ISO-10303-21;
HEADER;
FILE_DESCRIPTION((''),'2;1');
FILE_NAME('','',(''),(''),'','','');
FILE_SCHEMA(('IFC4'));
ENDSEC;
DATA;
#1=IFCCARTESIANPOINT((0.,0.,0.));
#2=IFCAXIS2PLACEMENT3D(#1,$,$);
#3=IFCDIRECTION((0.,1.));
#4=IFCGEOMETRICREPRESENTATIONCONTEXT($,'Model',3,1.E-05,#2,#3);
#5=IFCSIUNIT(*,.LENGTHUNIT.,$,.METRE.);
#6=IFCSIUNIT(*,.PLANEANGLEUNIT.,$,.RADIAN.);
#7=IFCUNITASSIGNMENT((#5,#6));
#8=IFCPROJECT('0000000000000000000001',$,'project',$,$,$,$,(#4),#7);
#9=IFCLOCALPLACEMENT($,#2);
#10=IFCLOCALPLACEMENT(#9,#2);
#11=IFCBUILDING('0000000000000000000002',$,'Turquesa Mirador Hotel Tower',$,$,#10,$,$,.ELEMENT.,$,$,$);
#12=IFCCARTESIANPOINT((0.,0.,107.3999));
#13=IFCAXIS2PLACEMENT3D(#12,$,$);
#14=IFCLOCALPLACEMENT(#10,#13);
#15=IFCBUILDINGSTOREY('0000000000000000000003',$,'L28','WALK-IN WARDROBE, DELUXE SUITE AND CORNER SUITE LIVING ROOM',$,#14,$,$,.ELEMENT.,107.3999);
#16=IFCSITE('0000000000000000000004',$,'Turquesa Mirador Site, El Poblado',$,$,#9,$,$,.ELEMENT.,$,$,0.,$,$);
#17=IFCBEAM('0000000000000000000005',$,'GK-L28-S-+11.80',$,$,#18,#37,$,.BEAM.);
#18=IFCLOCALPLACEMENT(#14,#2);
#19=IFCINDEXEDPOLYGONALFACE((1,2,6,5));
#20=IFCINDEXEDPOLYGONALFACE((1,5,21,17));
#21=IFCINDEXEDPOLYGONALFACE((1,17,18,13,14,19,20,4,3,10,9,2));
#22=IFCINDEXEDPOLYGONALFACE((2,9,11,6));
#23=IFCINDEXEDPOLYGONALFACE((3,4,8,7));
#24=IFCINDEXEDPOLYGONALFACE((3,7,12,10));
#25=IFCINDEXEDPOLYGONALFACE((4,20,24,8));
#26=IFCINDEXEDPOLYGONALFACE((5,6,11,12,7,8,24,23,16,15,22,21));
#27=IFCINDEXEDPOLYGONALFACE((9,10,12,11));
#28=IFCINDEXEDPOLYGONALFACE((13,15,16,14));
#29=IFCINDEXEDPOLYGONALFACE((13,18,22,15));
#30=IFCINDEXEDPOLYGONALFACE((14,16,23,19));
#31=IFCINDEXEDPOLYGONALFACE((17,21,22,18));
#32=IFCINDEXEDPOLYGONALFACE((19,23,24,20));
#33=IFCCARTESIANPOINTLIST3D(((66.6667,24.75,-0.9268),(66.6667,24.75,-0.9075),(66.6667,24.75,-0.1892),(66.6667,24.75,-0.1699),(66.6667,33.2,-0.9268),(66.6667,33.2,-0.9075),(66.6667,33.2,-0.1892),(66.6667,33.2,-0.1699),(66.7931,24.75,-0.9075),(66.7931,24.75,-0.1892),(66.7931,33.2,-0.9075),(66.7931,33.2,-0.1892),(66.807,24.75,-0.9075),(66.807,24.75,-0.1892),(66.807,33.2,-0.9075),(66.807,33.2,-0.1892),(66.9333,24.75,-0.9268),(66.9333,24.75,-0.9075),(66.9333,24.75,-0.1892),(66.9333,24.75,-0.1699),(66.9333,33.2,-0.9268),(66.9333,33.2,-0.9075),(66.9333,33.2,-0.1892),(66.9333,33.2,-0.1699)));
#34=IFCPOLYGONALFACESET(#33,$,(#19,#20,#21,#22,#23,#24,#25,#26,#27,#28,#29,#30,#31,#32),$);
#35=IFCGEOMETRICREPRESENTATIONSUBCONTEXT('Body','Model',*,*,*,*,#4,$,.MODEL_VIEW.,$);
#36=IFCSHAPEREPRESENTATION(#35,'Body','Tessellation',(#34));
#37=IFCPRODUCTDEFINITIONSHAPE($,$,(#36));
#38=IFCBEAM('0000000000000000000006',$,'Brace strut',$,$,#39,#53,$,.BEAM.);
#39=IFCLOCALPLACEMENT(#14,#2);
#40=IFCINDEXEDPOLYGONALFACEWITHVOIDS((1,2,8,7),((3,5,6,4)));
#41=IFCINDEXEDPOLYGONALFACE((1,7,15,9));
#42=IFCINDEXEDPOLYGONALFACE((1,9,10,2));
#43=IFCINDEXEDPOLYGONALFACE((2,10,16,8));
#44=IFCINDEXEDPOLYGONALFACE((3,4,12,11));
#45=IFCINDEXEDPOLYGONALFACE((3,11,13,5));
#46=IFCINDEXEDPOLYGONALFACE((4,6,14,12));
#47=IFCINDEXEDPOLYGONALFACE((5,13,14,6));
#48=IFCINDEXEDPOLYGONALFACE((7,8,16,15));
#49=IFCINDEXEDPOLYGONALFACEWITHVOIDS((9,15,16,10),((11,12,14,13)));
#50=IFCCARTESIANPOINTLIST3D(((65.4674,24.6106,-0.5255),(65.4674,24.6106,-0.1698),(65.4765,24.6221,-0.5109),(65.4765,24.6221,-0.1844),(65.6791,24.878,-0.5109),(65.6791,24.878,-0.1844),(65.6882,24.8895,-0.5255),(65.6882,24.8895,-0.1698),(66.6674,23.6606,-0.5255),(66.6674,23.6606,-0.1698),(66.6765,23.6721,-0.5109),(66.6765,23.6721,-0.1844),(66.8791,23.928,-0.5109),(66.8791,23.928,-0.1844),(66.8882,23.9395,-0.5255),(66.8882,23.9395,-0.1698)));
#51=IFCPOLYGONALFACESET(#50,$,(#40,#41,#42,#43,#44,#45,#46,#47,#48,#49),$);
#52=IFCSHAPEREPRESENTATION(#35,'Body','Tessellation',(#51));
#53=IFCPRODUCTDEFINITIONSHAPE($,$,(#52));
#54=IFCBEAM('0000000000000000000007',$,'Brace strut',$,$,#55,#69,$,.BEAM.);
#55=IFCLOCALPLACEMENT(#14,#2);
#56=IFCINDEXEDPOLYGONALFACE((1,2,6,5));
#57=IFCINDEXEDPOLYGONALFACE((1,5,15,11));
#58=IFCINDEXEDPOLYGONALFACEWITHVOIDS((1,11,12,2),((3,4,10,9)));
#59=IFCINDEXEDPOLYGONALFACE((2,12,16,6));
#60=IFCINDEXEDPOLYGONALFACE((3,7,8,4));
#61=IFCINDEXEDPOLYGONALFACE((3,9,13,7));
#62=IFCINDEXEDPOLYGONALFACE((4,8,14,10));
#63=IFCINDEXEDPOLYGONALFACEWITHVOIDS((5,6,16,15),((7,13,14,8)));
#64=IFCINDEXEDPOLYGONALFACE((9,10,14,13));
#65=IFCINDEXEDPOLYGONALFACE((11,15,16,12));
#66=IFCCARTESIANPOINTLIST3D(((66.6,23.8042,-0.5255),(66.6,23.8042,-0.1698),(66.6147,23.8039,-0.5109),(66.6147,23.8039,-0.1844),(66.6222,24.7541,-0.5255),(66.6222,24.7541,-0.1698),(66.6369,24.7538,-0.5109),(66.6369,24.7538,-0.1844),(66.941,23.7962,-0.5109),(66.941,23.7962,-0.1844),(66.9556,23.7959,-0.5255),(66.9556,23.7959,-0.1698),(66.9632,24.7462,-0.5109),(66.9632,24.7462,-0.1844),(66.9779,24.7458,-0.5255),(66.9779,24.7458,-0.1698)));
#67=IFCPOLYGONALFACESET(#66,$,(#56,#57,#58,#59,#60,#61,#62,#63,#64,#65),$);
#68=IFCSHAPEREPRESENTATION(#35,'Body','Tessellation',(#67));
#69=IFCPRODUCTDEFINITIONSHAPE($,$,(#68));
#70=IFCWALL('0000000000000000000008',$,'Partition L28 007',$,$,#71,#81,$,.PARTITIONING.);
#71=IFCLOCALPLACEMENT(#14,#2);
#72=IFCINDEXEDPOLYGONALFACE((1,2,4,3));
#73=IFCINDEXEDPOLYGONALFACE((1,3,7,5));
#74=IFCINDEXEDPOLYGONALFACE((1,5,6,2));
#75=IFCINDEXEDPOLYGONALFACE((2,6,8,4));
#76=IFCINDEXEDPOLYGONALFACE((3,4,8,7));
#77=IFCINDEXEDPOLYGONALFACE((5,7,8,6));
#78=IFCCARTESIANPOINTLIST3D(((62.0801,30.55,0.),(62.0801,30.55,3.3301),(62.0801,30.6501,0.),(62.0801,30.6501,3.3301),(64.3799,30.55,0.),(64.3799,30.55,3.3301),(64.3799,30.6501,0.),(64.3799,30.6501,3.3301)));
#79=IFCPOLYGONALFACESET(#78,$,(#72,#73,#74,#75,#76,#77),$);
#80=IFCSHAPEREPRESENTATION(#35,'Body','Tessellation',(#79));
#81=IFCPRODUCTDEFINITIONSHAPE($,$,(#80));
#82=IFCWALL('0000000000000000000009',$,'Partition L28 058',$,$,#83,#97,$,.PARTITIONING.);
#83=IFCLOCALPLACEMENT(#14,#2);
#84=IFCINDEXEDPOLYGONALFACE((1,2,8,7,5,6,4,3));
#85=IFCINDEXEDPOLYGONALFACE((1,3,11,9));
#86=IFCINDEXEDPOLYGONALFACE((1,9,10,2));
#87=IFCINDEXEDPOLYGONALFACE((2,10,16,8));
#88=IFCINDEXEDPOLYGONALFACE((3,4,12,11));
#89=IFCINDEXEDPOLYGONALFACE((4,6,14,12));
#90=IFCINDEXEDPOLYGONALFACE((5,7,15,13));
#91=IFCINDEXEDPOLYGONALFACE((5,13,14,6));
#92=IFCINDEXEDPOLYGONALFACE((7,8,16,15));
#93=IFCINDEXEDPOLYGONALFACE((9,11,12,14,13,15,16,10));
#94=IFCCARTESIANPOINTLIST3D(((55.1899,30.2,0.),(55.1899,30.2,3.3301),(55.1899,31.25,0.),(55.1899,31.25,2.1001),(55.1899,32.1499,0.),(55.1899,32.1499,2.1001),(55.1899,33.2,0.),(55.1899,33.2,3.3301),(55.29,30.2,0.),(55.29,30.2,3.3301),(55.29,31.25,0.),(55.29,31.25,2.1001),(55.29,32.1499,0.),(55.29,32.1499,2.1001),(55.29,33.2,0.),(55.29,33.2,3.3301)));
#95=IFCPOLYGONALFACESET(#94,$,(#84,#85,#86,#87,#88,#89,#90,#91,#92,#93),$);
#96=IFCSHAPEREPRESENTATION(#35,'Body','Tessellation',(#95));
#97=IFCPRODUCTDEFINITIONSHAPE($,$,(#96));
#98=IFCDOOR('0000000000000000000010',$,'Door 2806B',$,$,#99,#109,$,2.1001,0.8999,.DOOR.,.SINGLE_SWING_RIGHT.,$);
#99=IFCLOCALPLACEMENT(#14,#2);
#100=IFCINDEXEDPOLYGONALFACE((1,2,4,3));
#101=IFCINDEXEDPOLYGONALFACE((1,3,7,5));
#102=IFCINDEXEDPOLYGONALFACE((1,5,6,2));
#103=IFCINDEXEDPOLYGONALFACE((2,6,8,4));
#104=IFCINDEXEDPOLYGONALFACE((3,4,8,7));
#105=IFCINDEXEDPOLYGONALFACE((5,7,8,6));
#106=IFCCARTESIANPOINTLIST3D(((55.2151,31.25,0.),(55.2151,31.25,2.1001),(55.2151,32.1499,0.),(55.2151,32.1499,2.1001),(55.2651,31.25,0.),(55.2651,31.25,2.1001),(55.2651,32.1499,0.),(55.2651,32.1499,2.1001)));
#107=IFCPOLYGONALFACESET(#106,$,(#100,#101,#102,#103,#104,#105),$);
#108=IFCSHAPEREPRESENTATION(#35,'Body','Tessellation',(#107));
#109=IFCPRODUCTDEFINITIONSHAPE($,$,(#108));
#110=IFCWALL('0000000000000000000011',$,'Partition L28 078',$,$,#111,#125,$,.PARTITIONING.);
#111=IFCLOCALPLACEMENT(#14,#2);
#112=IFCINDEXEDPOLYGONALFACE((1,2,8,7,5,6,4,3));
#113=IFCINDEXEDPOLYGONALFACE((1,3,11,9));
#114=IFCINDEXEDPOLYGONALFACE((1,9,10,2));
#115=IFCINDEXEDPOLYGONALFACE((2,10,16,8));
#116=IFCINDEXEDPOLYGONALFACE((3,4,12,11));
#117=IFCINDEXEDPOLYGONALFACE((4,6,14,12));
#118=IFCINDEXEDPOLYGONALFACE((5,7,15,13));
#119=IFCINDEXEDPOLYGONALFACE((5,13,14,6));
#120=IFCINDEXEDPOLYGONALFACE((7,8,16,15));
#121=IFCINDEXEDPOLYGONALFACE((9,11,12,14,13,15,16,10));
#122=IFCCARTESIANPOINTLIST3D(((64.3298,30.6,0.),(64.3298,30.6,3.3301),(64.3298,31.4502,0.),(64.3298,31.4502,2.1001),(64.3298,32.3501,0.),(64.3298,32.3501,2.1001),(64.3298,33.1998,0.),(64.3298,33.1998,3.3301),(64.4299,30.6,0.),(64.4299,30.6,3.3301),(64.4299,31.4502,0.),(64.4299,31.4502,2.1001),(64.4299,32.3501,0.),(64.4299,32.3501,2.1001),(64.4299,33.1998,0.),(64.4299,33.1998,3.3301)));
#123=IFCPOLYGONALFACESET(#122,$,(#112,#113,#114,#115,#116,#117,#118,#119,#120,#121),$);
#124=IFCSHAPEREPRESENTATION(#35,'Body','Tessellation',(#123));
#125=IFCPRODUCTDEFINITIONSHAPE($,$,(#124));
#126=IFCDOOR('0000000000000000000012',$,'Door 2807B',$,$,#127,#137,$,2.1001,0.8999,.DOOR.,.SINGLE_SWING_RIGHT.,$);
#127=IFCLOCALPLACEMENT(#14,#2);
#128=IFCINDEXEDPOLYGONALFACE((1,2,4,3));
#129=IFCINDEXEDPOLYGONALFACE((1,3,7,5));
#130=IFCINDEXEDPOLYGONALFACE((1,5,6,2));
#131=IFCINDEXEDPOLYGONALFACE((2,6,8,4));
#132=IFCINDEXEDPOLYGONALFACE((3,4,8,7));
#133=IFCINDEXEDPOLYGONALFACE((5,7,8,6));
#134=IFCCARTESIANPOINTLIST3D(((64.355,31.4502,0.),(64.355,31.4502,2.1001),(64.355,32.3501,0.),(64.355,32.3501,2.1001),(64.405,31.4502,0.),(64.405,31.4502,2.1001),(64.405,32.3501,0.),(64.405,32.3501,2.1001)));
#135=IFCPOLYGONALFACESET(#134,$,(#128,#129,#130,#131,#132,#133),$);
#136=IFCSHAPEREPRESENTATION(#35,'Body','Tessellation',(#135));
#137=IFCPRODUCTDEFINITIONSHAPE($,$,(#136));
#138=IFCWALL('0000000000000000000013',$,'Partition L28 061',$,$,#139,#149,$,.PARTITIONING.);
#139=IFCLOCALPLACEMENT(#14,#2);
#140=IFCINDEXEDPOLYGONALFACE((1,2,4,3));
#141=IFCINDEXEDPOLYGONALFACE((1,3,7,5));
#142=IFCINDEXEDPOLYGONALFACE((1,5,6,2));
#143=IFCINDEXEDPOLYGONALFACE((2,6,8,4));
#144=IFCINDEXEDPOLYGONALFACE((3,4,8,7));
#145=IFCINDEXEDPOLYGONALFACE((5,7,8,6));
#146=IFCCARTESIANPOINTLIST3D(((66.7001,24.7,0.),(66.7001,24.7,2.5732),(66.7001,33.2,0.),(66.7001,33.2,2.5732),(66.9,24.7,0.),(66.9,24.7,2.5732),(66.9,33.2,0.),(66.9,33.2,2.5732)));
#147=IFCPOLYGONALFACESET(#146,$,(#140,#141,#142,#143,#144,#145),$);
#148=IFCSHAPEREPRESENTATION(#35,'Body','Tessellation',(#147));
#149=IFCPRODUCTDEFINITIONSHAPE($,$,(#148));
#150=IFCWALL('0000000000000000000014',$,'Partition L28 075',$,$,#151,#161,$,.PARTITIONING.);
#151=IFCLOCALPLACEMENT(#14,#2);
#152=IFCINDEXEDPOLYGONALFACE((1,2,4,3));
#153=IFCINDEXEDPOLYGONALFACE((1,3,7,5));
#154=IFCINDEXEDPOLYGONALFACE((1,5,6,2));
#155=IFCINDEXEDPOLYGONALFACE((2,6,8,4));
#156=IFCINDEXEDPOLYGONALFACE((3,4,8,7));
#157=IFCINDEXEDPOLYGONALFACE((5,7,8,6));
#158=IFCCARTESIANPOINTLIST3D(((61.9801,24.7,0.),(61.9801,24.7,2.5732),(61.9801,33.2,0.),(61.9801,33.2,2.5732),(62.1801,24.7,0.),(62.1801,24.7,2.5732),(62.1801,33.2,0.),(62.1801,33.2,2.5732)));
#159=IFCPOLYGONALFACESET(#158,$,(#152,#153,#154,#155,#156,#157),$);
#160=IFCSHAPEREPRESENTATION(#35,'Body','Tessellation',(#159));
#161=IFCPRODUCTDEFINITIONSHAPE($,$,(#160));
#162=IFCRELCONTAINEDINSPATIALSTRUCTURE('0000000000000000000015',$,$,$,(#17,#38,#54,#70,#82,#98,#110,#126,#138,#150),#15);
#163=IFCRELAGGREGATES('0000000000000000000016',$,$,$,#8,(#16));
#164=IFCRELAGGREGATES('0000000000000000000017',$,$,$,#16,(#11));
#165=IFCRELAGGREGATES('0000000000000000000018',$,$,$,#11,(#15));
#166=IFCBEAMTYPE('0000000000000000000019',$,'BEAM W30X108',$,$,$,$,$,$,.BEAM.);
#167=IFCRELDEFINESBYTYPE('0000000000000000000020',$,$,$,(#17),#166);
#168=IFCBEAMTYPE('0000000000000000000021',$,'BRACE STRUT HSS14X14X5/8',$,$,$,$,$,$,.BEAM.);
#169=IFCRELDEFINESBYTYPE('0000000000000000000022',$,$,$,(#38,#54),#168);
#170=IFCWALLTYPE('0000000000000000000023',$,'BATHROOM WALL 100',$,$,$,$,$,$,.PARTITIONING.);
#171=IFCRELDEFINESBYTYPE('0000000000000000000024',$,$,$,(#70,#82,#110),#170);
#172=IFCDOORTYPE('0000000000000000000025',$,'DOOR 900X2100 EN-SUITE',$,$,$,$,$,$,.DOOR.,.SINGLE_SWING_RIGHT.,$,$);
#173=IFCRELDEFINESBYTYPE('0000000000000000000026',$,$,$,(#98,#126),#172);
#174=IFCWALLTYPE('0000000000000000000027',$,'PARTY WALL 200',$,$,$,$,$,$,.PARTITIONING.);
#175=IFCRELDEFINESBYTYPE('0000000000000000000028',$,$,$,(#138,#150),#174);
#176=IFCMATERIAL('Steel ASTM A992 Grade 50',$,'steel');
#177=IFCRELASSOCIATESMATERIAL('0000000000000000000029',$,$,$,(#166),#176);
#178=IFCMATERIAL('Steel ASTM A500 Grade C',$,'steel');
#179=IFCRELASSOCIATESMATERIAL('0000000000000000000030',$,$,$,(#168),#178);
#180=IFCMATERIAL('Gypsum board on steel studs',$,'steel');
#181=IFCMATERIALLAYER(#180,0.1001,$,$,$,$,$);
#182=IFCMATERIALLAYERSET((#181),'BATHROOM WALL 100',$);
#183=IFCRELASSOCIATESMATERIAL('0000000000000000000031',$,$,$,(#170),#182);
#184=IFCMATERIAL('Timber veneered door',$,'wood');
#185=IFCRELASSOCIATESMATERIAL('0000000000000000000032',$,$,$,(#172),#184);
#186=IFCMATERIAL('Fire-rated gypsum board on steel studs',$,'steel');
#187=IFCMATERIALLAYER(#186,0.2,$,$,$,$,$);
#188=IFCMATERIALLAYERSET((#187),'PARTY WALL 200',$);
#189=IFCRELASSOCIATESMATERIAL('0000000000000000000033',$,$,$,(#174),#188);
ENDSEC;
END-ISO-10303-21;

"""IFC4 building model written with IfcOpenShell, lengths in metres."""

from ifc_helpers import new_model, si_unit, direction, frame, frame_2d, origin, origin_2d, place, context, subcontext, project, spatial, rectangle, hollow_rectangle, i_section, extrude, material, layer, layer_set, material_profile, profile_set, type_object, element, fill, save


model = new_model("IFC4")

# Units and contexts
model_context = context("Model", 3, precision=1e-05, world=origin(), true_north=direction((0.0, 1.0)))
body_context = subcontext(model_context, "Body", "Model", "MODEL_VIEW")
ifc_project = project(units=[si_unit("LENGTHUNIT", "METRE"), si_unit("PLANEANGLEUNIT", "RADIAN")], contexts=[model_context])

# Site, building, storey
site_placement = place(None, origin())
site = spatial("IfcSite", under=ifc_project, at=site_placement, Name="Turquesa Mirador Site, El Poblado", CompositionType="ELEMENT", RefElevation=0.0)
building_placement = place(site_placement, origin())
building = spatial("IfcBuilding", under=site, at=building_placement, Name="Turquesa Mirador Hotel Tower", CompositionType="ELEMENT")
storey_placement = place(building_placement, frame((0.0, 0.0, 107.3999)))
storey = spatial("IfcBuildingStorey", under=building, at=storey_placement, Name="L28", Description="WALK-IN WARDROBE, DELUXE SUITE AND CORNER SUITE LIVING ROOM", CompositionType="ELEMENT", Elevation=107.3999)

# Beams
ifc_material_1 = material(Name="Steel ASTM A992 Grade 50", Category="steel")
ifc_material_profile_1 = material_profile(ifc_material_1, i_section(OverallWidth=0.2666, OverallDepth=0.7568, WebThickness=0.0139, FlangeThickness=0.0193, at=origin_2d()), Name="W30X108")
ifc_profile_set_1 = profile_set([ifc_material_profile_1], Name="Steel ASTM A992 Grade 50")
beam_type_1 = type_object("IfcBeamType", Name="BEAM W30X108", PredefinedType="BEAM", material=ifc_profile_set_1)
beam_1_placement = place(storey_placement, frame((66.8, 24.75, -0.5483), z_axis=(0.0, 1.0, 0.0), x_axis=(-1.0, 0.0, 0.0)))
element("IfcBeam", 1, at=beam_1_placement, inside=storey, type_object=beam_type_1, Name="GK-L28-S-+11.80", PredefinedType="BEAM", context=body_context, shape_type="SweptSolid", body=[
    extrude(i_section(OverallWidth=0.2666, OverallDepth=0.7568, WebThickness=0.0139, FlangeThickness=0.0193, at=origin_2d()), origin(), (0.0, 0.0, 1.0), 8.45),
])
ifc_material_2 = material(Name="Steel ASTM A500 Grade C", Category="steel")
ifc_material_profile_2 = material_profile(ifc_material_2, hollow_rectangle(XDim=0.3557, YDim=0.3557, WallThickness=0.0146, at=origin_2d()), Name="HSS14X14X5/8")
ifc_profile_set_2 = profile_set([ifc_material_profile_2], Name="Steel ASTM A500 Grade C")
beam_type_2 = type_object("IfcBeamType", Name="BRACE STRUT HSS14X14X5/8", PredefinedType="BEAM", material=ifc_profile_set_2)
beam_2_placement = place(storey_placement, frame((66.7778, 23.8, -0.3477), z_axis=(-0.784049, 0.620699, 0.0), x_axis=(-0.620699, -0.784049, 0.0)))
element("IfcBeam", 2, at=beam_2_placement, inside=storey, type_object=beam_type_2, Name="Brace strut", PredefinedType="BEAM", context=body_context, shape_type="SweptSolid", body=[
    extrude(hollow_rectangle(XDim=0.3557, YDim=0.3557, WallThickness=0.0146, at=origin_2d()), origin(), (0.0, 0.0, 1.0), 1.5305),
])
beam_3_placement = place(storey_placement, frame((66.7778, 23.8, -0.3477), z_axis=(0.023381, 0.999727, 0.0), x_axis=(-0.999727, 0.023381, 0.0)))
element("IfcBeam", 3, at=beam_3_placement, inside=storey, type_object=beam_type_2, Name="Brace strut", PredefinedType="BEAM", context=body_context, shape_type="SweptSolid", body=[
    extrude(hollow_rectangle(XDim=0.3557, YDim=0.3557, WallThickness=0.0146, at=origin_2d()), origin(), (0.0, 0.0, 1.0), 0.9502),
])

# Wall
ifc_material_3 = material(Name="Gypsum board on steel studs", Category="steel")
ifc_layer_1 = layer(ifc_material_3, 0.1001)
ifc_layer_set_1 = layer_set([ifc_layer_1], Name="BATHROOM WALL 100")
wall_type_1 = type_object("IfcWallType", Name="BATHROOM WALL 100", PredefinedType="PARTITIONING", material=ifc_layer_set_1)
wall_1_placement = place(storey_placement, frame((62.0801, 30.6001, 0.0), z_axis=(0.0, 0.0, 1.0), x_axis=(1.0, 0.0, 0.0)))
element("IfcWall", 4, at=wall_1_placement, inside=storey, type_object=wall_type_1, Name="Partition L28 007", PredefinedType="PARTITIONING", context=body_context, shape_type="SweptSolid", body=[
    extrude(rectangle(XDim=2.2998, YDim=0.1001, at=frame_2d((1.1499, 0.0))), origin(), (0.0, 0.0, 1.0), 3.3301),
])

# Walls, openings, doors
wall_2_placement = place(storey_placement, frame((55.24, 30.2, 0.0), z_axis=(0.0, 0.0, 1.0), x_axis=(0.0, 1.0, 0.0)))
wall_2 = element("IfcWall", 5, at=wall_2_placement, inside=storey, type_object=wall_type_1, Name="Partition L28 058", PredefinedType="PARTITIONING", context=body_context, shape_type="SweptSolid", body=[
    extrude(rectangle(XDim=3.0, YDim=0.1001, at=frame_2d((1.5, 0.0))), origin(), (0.0, 0.0, 1.0), 3.3301),
])
opening_1_placement = place(wall_2_placement, frame((1.05, 0.0, 0.0)))
opening_1 = element("IfcOpeningElement", 6, at=opening_1_placement, cuts=wall_2, PredefinedType="OPENING", context=body_context, shape_type="SweptSolid", body=[
    extrude(rectangle(XDim=0.8999, YDim=2.1001, at=frame_2d((0.45, 1.05))), frame((0.0, 0.0601, 0.0), z_axis=(0.0, -1.0, 0.0), x_axis=(1.0, 0.0, 0.0)), (0.0, 0.0, 1.0), 0.1201),
])
ifc_material_4 = material(Name="Timber veneered door", Category="wood")
door_type = type_object("IfcDoorType", Name="DOOR 900X2100 EN-SUITE", OperationType="SINGLE_SWING_RIGHT", PredefinedType="DOOR", material=ifc_material_4)
door_1_placement = place(opening_1_placement, origin())
door_1 = element("IfcDoor", 7, at=door_1_placement, inside=storey, type_object=door_type, Name="Door 2806B", OperationType="SINGLE_SWING_RIGHT", OverallHeight=2.1001, OverallWidth=0.8999, PredefinedType="DOOR", context=body_context, shape_type="SweptSolid", body=[
    extrude(rectangle(XDim=0.8999, YDim=2.1001, at=frame_2d((0.45, 1.05))), frame((0.0, 0.0249, 0.0), z_axis=(0.0, -1.0, 0.0), x_axis=(1.0, 0.0, 0.0)), (0.0, 0.0, 1.0), 0.05),
])
fill(opening_1, door_1)
wall_3_placement = place(storey_placement, frame((64.3799, 30.6001, 0.0), z_axis=(0.0, 0.0, 1.0), x_axis=(0.0, 1.0, 0.0)))
wall_3 = element("IfcWall", 8, at=wall_3_placement, inside=storey, type_object=wall_type_1, Name="Partition L28 078", PredefinedType="PARTITIONING", context=body_context, shape_type="SweptSolid", body=[
    extrude(rectangle(XDim=2.5999, YDim=0.1001, at=frame_2d((1.2998, 0.0))), origin(), (0.0, 0.0, 1.0), 3.3301),
])
opening_2_placement = place(wall_3_placement, frame((0.8501, 0.0, 0.0)))
opening_2 = element("IfcOpeningElement", 9, at=opening_2_placement, cuts=wall_3, PredefinedType="OPENING", context=body_context, shape_type="SweptSolid", body=[
    extrude(rectangle(XDim=0.8999, YDim=2.1001, at=frame_2d((0.45, 1.05))), frame((0.0, 0.0601, 0.0), z_axis=(0.0, -1.0, 0.0), x_axis=(1.0, 0.0, 0.0)), (0.0, 0.0, 1.0), 0.1201),
])
door_2_placement = place(opening_2_placement, origin())
door_2 = element("IfcDoor", 10, at=door_2_placement, inside=storey, type_object=door_type, Name="Door 2807B", OperationType="SINGLE_SWING_RIGHT", OverallHeight=2.1001, OverallWidth=0.8999, PredefinedType="DOOR", context=body_context, shape_type="SweptSolid", body=[
    extrude(rectangle(XDim=0.8999, YDim=2.1001, at=frame_2d((0.45, 1.05))), frame((0.0, 0.0249, 0.0), z_axis=(0.0, -1.0, 0.0), x_axis=(1.0, 0.0, 0.0)), (0.0, 0.0, 1.0), 0.05),
])
fill(opening_2, door_2)

# Walls
ifc_material_5 = material(Name="Fire-rated gypsum board on steel studs", Category="steel")
ifc_layer_2 = layer(ifc_material_5, 0.2)
ifc_layer_set_2 = layer_set([ifc_layer_2], Name="PARTY WALL 200")
wall_type_2 = type_object("IfcWallType", Name="PARTY WALL 200", PredefinedType="PARTITIONING", material=ifc_layer_set_2)
for number, where, z_axis, x_axis, name in (
    (11, (66.8, 24.7, 0.0), (0.0, 0.0, 1.0), (0.0, 1.0, 0.0), "Partition L28 061"),
    (12, (62.0801, 24.7, 0.0), (0.0, 0.0, 1.0), (0.0, 1.0, 0.0), "Partition L28 075"),
):
    element("IfcWall", number, at=place(storey_placement, frame(where, z_axis=z_axis, x_axis=x_axis)), inside=storey, type_object=wall_type_2, Name=name, PredefinedType="PARTITIONING", context=body_context, shape_type="SweptSolid", body=[
        extrude(rectangle(XDim=8.5, YDim=0.2, at=frame_2d((4.25, 0.0))), origin(), (0.0, 0.0, 1.0), 2.5732),
    ])

save(model, "model.ifc")
